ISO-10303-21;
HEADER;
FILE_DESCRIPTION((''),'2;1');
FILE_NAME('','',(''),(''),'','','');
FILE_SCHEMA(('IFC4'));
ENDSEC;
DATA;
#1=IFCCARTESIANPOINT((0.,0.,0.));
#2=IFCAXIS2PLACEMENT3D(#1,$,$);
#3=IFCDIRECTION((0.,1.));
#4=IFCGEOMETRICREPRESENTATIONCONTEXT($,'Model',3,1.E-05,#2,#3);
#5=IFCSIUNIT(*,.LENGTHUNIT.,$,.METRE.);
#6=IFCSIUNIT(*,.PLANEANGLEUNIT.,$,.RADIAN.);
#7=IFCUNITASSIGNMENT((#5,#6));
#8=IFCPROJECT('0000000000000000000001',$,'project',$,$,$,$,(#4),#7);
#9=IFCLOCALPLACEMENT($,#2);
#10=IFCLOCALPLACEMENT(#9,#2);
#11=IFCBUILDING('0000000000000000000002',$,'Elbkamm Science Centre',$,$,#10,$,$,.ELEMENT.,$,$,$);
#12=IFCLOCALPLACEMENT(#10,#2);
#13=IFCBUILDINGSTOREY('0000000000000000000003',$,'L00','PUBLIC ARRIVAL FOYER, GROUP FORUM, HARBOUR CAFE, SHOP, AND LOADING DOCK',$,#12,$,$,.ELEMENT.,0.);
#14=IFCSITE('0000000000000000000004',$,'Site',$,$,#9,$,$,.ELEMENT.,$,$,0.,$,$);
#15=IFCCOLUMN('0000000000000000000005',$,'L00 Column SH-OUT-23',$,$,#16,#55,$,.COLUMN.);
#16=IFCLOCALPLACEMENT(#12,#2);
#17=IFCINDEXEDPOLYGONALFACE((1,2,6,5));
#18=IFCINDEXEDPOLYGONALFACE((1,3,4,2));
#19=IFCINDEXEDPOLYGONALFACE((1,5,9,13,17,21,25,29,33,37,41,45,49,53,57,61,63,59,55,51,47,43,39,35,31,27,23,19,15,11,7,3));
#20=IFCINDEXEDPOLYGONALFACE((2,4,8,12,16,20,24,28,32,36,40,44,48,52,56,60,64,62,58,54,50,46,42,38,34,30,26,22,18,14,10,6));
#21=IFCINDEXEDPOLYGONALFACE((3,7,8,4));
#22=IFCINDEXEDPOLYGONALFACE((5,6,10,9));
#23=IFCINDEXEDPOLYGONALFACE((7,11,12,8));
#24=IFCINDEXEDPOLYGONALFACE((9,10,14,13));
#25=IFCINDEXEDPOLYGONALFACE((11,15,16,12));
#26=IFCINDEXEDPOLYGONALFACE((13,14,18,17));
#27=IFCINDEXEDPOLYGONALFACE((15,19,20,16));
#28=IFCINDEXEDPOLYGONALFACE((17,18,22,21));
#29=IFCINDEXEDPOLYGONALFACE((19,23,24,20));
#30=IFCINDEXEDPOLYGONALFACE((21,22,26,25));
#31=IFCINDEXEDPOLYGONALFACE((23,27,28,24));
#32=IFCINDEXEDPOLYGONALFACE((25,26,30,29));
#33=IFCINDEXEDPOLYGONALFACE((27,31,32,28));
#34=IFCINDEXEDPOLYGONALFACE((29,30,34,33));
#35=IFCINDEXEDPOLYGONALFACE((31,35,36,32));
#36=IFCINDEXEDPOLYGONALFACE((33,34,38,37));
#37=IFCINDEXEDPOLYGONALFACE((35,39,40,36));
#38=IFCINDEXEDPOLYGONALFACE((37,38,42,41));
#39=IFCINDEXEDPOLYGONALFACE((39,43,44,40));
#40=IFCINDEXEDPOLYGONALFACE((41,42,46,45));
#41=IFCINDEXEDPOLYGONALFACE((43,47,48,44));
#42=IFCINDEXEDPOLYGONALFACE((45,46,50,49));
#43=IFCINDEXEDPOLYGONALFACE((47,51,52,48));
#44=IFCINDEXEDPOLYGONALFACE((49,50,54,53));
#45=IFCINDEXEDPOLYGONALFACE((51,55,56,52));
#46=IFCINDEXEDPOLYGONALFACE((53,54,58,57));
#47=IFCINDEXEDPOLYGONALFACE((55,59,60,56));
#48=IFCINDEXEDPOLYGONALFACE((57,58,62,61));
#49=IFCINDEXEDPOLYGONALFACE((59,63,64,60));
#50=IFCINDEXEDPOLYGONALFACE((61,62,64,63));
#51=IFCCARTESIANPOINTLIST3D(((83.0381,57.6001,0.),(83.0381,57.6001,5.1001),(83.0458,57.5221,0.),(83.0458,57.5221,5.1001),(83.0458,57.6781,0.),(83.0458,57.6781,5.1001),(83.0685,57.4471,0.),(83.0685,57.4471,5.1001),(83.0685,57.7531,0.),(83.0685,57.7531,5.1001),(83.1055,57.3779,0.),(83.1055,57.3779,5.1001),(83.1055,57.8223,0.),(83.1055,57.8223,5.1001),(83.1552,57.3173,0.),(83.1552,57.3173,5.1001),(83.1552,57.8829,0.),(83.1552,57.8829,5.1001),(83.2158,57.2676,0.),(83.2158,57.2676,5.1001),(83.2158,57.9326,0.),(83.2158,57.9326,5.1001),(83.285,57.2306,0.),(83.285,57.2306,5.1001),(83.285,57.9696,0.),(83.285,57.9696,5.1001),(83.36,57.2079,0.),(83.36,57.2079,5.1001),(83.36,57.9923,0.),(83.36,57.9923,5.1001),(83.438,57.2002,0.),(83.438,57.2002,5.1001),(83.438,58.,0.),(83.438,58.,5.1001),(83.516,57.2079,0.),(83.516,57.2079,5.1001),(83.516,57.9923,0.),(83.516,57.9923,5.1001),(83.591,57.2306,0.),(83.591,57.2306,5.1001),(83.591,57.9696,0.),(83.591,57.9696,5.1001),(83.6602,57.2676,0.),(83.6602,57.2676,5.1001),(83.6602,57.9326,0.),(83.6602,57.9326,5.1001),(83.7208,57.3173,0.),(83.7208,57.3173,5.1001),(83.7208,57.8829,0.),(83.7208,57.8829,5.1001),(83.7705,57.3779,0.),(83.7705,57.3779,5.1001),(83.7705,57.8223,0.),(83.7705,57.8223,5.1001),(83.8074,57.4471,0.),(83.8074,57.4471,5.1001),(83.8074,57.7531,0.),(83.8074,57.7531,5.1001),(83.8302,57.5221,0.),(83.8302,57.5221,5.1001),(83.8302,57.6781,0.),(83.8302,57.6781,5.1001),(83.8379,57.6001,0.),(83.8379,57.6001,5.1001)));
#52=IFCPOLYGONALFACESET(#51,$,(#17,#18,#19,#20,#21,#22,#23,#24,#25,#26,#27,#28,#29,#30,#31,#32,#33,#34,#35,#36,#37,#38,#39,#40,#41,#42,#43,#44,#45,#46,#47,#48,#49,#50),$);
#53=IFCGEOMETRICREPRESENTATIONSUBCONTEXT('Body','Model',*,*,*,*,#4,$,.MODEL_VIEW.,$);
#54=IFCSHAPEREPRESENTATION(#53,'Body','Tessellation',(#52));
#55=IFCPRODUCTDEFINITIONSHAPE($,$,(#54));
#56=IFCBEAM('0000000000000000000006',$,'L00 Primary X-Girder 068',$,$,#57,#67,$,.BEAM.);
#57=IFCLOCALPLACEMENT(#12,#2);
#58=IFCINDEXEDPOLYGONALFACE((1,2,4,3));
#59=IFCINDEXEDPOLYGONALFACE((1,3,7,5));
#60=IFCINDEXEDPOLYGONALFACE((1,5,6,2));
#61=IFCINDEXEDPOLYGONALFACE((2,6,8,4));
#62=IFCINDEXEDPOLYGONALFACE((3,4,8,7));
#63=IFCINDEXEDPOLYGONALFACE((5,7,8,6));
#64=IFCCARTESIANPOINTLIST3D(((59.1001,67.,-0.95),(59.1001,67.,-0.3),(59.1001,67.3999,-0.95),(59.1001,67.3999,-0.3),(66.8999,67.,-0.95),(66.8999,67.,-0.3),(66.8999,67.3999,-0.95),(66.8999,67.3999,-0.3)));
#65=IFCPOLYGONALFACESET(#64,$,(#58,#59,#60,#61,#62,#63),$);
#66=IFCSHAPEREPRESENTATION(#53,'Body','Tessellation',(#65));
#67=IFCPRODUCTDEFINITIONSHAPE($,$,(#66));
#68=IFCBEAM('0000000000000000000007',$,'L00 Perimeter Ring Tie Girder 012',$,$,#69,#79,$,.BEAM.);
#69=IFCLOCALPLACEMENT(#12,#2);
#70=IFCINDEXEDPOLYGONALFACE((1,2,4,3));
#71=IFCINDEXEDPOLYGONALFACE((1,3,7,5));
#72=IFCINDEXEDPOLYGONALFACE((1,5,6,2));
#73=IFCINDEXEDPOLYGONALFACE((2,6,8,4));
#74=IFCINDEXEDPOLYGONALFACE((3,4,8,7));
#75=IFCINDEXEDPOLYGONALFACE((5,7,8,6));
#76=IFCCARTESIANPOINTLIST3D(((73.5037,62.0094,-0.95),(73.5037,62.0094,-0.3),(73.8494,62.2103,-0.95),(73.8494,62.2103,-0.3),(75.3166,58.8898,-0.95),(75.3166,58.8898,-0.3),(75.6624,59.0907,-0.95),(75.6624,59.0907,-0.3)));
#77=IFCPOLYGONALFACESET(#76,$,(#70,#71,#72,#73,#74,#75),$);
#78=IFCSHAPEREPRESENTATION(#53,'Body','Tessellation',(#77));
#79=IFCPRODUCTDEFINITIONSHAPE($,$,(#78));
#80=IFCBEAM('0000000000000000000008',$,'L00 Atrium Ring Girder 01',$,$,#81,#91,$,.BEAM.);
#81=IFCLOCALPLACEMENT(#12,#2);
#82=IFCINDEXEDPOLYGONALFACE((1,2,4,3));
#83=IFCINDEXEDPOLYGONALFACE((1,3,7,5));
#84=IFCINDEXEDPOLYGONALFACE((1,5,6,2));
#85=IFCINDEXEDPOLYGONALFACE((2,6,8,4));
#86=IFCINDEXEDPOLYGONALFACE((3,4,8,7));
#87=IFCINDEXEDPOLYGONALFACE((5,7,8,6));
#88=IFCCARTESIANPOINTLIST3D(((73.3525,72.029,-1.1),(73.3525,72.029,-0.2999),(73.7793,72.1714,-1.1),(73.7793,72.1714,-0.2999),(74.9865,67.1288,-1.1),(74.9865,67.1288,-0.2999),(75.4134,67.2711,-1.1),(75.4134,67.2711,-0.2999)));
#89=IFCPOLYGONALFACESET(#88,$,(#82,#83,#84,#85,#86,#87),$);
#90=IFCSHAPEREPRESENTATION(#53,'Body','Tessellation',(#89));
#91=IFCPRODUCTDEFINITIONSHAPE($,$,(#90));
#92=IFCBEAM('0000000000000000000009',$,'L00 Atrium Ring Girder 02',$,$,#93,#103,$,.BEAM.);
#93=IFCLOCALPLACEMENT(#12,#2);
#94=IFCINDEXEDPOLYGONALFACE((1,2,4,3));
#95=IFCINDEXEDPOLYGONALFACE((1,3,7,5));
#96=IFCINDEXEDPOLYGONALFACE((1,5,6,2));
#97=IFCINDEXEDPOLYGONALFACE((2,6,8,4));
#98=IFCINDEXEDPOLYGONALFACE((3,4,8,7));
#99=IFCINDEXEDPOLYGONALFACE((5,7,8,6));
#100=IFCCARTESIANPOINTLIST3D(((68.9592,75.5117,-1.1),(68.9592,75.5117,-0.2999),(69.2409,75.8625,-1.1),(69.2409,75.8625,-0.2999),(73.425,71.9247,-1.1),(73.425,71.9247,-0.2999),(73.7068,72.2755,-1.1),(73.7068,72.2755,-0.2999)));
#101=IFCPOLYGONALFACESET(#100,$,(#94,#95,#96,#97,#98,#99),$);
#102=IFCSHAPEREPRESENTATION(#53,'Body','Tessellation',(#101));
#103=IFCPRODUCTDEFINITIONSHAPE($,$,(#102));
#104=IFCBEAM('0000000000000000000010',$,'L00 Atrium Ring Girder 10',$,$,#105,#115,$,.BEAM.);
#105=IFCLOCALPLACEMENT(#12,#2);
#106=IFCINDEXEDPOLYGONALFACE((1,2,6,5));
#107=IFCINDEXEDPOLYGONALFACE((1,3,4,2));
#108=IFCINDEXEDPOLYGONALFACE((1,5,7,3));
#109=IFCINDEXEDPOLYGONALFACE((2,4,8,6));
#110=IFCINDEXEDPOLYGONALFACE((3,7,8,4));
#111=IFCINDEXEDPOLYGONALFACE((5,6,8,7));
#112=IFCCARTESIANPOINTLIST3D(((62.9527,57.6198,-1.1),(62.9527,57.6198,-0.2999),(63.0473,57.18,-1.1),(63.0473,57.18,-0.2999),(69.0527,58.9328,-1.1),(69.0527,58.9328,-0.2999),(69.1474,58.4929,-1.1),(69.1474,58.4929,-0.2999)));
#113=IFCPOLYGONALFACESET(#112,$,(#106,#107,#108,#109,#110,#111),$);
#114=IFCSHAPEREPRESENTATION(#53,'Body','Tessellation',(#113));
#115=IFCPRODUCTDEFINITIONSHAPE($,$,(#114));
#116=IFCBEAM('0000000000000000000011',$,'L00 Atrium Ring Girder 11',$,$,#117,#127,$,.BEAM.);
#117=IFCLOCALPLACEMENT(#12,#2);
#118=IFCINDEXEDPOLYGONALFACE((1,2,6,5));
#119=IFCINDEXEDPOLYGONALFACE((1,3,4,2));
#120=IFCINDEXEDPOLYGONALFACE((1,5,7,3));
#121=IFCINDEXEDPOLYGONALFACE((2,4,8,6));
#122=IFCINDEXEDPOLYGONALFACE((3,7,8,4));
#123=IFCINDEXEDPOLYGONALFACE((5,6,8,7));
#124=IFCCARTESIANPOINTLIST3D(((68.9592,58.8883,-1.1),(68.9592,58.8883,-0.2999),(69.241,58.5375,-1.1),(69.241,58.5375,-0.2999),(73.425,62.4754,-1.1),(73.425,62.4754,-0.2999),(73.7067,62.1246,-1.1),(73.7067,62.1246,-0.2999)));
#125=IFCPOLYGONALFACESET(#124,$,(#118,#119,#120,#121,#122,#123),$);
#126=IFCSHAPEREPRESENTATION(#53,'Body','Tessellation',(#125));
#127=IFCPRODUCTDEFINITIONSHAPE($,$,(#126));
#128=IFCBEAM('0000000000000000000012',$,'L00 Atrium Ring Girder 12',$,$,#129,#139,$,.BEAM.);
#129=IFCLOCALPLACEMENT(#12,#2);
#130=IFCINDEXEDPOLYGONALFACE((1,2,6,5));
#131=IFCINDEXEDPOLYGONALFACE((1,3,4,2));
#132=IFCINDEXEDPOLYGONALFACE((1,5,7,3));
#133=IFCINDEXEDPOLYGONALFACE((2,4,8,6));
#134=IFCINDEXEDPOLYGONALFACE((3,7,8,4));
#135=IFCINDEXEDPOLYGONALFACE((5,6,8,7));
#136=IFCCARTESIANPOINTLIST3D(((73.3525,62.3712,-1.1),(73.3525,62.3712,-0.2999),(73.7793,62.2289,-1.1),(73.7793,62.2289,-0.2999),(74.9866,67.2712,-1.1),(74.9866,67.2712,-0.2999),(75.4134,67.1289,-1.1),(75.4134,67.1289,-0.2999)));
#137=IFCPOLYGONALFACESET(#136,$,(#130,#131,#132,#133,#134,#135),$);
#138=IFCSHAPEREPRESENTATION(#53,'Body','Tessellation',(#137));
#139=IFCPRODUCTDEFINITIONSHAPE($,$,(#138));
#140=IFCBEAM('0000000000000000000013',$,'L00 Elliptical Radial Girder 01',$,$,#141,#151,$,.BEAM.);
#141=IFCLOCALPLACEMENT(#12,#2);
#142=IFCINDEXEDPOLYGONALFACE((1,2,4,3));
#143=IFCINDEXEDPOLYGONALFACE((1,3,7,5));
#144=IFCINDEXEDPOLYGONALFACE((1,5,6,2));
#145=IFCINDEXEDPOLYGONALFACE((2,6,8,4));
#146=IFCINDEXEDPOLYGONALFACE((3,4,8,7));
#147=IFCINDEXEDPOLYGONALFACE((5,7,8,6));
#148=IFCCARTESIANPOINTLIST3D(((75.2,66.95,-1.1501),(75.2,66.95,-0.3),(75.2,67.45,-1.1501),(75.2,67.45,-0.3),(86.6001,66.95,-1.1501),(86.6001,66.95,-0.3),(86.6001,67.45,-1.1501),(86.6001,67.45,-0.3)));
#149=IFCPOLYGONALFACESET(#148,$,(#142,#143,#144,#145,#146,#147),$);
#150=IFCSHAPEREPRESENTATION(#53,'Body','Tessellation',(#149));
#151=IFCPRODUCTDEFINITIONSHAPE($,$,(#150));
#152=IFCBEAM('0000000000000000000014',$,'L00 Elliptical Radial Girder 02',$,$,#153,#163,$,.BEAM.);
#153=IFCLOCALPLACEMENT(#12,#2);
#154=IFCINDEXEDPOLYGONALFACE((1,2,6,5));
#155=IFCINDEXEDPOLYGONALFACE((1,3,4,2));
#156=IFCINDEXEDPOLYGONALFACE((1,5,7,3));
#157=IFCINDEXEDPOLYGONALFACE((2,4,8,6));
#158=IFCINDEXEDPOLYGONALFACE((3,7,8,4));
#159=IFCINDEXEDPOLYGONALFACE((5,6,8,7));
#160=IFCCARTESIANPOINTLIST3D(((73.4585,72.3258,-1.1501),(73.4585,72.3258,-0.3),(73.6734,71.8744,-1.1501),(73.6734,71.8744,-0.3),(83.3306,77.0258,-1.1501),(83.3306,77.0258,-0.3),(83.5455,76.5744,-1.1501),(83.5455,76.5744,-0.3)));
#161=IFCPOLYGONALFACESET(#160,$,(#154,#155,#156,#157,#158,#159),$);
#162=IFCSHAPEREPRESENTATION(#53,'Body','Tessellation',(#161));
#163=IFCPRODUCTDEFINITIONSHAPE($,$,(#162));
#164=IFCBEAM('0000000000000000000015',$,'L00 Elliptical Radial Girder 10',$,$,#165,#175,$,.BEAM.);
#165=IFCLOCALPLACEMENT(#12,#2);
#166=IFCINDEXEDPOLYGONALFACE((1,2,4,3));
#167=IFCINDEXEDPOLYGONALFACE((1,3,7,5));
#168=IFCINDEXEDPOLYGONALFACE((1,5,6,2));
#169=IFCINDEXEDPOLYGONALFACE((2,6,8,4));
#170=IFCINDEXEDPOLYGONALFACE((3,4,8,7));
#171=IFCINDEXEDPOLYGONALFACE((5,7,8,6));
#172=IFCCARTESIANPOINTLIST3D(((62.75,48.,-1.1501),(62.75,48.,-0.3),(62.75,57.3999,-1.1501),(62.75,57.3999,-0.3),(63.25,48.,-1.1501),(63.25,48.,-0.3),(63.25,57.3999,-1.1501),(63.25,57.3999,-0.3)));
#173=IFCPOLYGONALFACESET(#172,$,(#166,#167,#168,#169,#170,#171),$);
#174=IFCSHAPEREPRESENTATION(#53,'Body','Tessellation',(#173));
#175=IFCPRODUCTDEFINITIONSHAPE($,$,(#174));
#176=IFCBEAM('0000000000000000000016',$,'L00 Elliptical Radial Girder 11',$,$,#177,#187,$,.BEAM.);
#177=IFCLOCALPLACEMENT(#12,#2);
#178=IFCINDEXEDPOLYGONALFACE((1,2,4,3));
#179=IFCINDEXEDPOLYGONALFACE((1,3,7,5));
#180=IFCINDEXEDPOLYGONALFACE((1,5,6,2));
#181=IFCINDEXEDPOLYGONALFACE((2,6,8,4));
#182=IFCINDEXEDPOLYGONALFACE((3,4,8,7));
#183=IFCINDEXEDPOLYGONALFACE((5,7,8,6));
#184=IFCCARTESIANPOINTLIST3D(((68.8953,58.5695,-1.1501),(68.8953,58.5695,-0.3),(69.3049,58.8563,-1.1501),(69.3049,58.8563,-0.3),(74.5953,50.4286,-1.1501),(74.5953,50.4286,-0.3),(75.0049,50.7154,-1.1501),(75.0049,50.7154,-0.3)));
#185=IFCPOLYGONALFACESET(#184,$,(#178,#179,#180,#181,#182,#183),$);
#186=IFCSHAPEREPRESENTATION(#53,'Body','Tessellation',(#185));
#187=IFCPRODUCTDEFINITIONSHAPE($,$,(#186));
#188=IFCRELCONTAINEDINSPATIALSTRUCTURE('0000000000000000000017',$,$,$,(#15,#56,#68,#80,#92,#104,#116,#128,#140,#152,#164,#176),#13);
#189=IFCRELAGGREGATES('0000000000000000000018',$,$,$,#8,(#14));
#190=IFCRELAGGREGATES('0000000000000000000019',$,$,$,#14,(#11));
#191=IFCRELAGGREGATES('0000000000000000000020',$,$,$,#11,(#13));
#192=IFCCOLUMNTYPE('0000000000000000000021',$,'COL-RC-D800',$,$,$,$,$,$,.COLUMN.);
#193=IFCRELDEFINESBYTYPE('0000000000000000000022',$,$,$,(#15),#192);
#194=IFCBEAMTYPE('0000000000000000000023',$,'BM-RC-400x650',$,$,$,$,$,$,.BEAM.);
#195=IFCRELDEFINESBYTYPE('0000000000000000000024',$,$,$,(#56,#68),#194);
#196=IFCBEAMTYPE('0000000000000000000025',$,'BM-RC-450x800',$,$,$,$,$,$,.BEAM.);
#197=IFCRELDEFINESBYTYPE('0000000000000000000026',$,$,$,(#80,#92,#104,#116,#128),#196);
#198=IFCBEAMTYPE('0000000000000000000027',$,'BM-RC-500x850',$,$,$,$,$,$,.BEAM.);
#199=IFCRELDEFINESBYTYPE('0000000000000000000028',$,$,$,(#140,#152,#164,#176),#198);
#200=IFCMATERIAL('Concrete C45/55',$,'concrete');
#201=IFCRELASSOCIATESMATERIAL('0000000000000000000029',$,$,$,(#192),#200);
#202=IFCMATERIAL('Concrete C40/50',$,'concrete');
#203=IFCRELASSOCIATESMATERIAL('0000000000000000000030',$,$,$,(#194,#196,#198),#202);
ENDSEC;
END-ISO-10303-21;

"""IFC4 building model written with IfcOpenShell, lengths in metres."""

from ifc_helpers import new_model, si_unit, direction, frame, origin, origin_2d, place, context, subcontext, project, spatial, rectangle, circle, extrude, material, material_profile, profile_set, type_object, element, save


model = new_model("IFC4")

# Units and contexts
model_context = context("Model", 3, precision=1e-05, world=origin(), true_north=direction((0.0, 1.0)))
body_context = subcontext(model_context, "Body", "Model", "MODEL_VIEW")
ifc_project = project(units=[si_unit("LENGTHUNIT", "METRE"), si_unit("PLANEANGLEUNIT", "RADIAN")], contexts=[model_context])

# Site, building, storey
site_placement = place(None, origin())
site = spatial("IfcSite", under=ifc_project, at=site_placement, Name="Site", CompositionType="ELEMENT", RefElevation=0.0)
building_placement = place(site_placement, origin())
building = spatial("IfcBuilding", under=site, at=building_placement, Name="Elbkamm Science Centre", CompositionType="ELEMENT")
storey_placement = place(building_placement, origin())
storey = spatial("IfcBuildingStorey", under=building, at=storey_placement, Name="L00", Description="PUBLIC ARRIVAL FOYER, GROUP FORUM, HARBOUR CAFE, SHOP, AND LOADING DOCK", CompositionType="ELEMENT", Elevation=0.0)

# Column
ifc_material_1 = material(Name="Concrete C40/50", Category="concrete")
ifc_material_2 = material(Name="Concrete C45/55", Category="concrete")
ifc_material_profile_1 = material_profile(ifc_material_2, circle(Radius=0.3999, at=origin_2d()), Name="RC D800")
ifc_profile_set_1 = profile_set([ifc_material_profile_1], Name="Concrete C45/55")
column_type_1 = type_object("IfcColumnType", Name="COL-RC-D800", PredefinedType="COLUMN", material=ifc_profile_set_1)
for number, where, z_axis, x_axis, name in (
    (1, (83.438, 57.6001, 0.0), (0.0, 0.0, 1.0), (1.0, 0.0, 0.0), "L00 Column SH-OUT-23"),
):
    element("IfcColumn", number, at=place(storey_placement, frame(where, z_axis=z_axis, x_axis=x_axis)), inside=storey, type_object=column_type_1, Name=name, PredefinedType="COLUMN", context=body_context, shape_type="SweptSolid", body=[
        extrude(circle(Radius=0.3999, at=origin_2d()), origin(), (0.0, 0.0, 1.0), 5.1001),
    ])

# Beams
ifc_material_profile_2 = material_profile(ifc_material_1, rectangle(XDim=0.3999, YDim=0.6499, at=origin_2d()), Name="RC 400x650")
ifc_profile_set_2 = profile_set([ifc_material_profile_2], Name="Concrete C40/50")
beam_type_1 = type_object("IfcBeamType", Name="BM-RC-400x650", PredefinedType="BEAM", material=ifc_profile_set_2)
beam_1_placement = place(storey_placement, frame((59.1001, 67.2, -0.625), z_axis=(1.0, 0.0, 0.0), x_axis=(0.0, 1.0, 0.0)))
element("IfcBeam", 2, at=beam_1_placement, inside=storey, type_object=beam_type_1, Name="L00 Primary X-Girder 068", PredefinedType="BEAM", context=body_context, shape_type="SweptSolid", body=[
    extrude(rectangle(XDim=0.3999, YDim=0.6499, at=origin_2d()), origin(), (0.0, 0.0, 1.0), 7.7998),
])
beam_2_placement = place(storey_placement, frame((75.4895, 58.9902, -0.625), z_axis=(-0.502465, 0.864597, 0.0), x_axis=(-0.864597, -0.502465, 0.0)))
element("IfcBeam", 3, at=beam_2_placement, inside=storey, type_object=beam_type_1, Name="L00 Perimeter Ring Tie Girder 012", PredefinedType="BEAM", context=body_context, shape_type="SweptSolid", body=[
    extrude(rectangle(XDim=0.3999, YDim=0.6499, at=origin_2d()), origin(), (0.0, 0.0, 1.0), 3.6082),
])
ifc_material_profile_3 = material_profile(ifc_material_1, rectangle(XDim=0.45, YDim=0.8, at=origin_2d()), Name="RC 450x800")
ifc_profile_set_3 = profile_set([ifc_material_profile_3], Name="Concrete C40/50")
beam_type_2 = type_object("IfcBeamType", Name="BM-RC-450x800", PredefinedType="BEAM", material=ifc_profile_set_3)
beam_3_placement = place(storey_placement, frame((75.2, 67.2, -0.7), z_axis=(-0.316341, 0.948645, 0.0), x_axis=(-0.948645, -0.316341, 0.0)))
element("IfcBeam", 4, at=beam_3_placement, inside=storey, type_object=beam_type_2, Name="L00 Atrium Ring Girder 01", PredefinedType="BEAM", context=body_context, shape_type="SweptSolid", body=[
    extrude(rectangle(XDim=0.45, YDim=0.8, at=origin_2d()), origin(), (0.0, 0.0, 1.0), 5.1655),
])
beam_4_placement = place(storey_placement, frame((73.5659, 72.1001, -0.7), z_axis=(-0.779653, 0.626212, 0.0), x_axis=(-0.626212, -0.779653, 0.0)))
element("IfcBeam", 5, at=beam_4_placement, inside=storey, type_object=beam_type_2, Name="L00 Atrium Ring Girder 02", PredefinedType="BEAM", context=body_context, shape_type="SweptSolid", body=[
    extrude(rectangle(XDim=0.45, YDim=0.8, at=origin_2d()), origin(), (0.0, 0.0, 1.0), 5.728),
])
beam_5_placement = place(storey_placement, frame((63.0, 57.3999, -0.7), z_axis=(0.977611, 0.210421, 0.0), x_axis=(-0.210421, 0.977611, 0.0)))
element("IfcBeam", 6, at=beam_5_placement, inside=storey, type_object=beam_type_2, Name="L00 Atrium Ring Girder 10", PredefinedType="BEAM", context=body_context, shape_type="SweptSolid", body=[
    extrude(rectangle(XDim=0.45, YDim=0.8, at=origin_2d()), origin(), (0.0, 0.0, 1.0), 6.2397),
])
beam_6_placement = place(storey_placement, frame((69.1001, 58.7129, -0.7), z_axis=(0.779632, 0.626238, 0.0), x_axis=(-0.626238, 0.779632, 0.0)))
element("IfcBeam", 7, at=beam_6_placement, inside=storey, type_object=beam_type_2, Name="L00 Atrium Ring Girder 11", PredefinedType="BEAM", context=body_context, shape_type="SweptSolid", body=[
    extrude(rectangle(XDim=0.45, YDim=0.8, at=origin_2d()), origin(), (0.0, 0.0, 1.0), 5.728),
])
beam_7_placement = place(storey_placement, frame((73.5659, 62.3, -0.7), z_axis=(0.316355, 0.948641, 0.0), x_axis=(-0.948641, 0.316355, 0.0)))
element("IfcBeam", 8, at=beam_7_placement, inside=storey, type_object=beam_type_2, Name="L00 Atrium Ring Girder 12", PredefinedType="BEAM", context=body_context, shape_type="SweptSolid", body=[
    extrude(rectangle(XDim=0.45, YDim=0.8, at=origin_2d()), origin(), (0.0, 0.0, 1.0), 5.1653),
])
ifc_material_profile_4 = material_profile(ifc_material_1, rectangle(XDim=0.5, YDim=0.8501, at=origin_2d()), Name="RC 500x850")
ifc_profile_set_4 = profile_set([ifc_material_profile_4], Name="Concrete C40/50")
beam_type_3 = type_object("IfcBeamType", Name="BM-RC-500x850", PredefinedType="BEAM", material=ifc_profile_set_4)
beam_8_placement = place(storey_placement, frame((75.2, 67.2, -0.7251), z_axis=(1.0, 0.0, 0.0), x_axis=(0.0, 1.0, 0.0)))
element("IfcBeam", 9, at=beam_8_placement, inside=storey, type_object=beam_type_3, Name="L00 Elliptical Radial Girder 01", PredefinedType="BEAM", context=body_context, shape_type="SweptSolid", body=[
    extrude(rectangle(XDim=0.5, YDim=0.8501, at=origin_2d()), origin(), (0.0, 0.0, 1.0), 11.4001),
])
beam_9_placement = place(storey_placement, frame((73.5659, 72.1001, -0.7251), z_axis=(0.902897, 0.429856, 0.0), x_axis=(-0.429856, 0.902897, 0.0)))
element("IfcBeam", 10, at=beam_9_placement, inside=storey, type_object=beam_type_3, Name="L00 Elliptical Radial Girder 02", PredefinedType="BEAM", context=body_context, shape_type="SweptSolid", body=[
    extrude(rectangle(XDim=0.5, YDim=0.8501, at=origin_2d()), origin(), (0.0, 0.0, 1.0), 10.9338),
])
beam_10_placement = place(storey_placement, frame((63.0, 57.3999, -0.7251), z_axis=(0.0, -1.0, 0.0), x_axis=(1.0, 0.0, 0.0)))
element("IfcBeam", 11, at=beam_10_placement, inside=storey, type_object=beam_type_3, Name="L00 Elliptical Radial Girder 10", PredefinedType="BEAM", context=body_context, shape_type="SweptSolid", body=[
    extrude(rectangle(XDim=0.5, YDim=0.8501, at=origin_2d()), origin(), (0.0, 0.0, 1.0), 9.3999),
])
beam_11_placement = place(storey_placement, frame((69.1001, 58.7129, -0.7251), z_axis=(0.573553, -0.819168, 0.0), x_axis=(0.819168, 0.573553, 0.0)))
element("IfcBeam", 12, at=beam_11_placement, inside=storey, type_object=beam_type_3, Name="L00 Elliptical Radial Girder 11", PredefinedType="BEAM", context=body_context, shape_type="SweptSolid", body=[
    extrude(rectangle(XDim=0.5, YDim=0.8501, at=origin_2d()), origin(), (0.0, 0.0, 1.0), 9.938),
])

save(model, "model.ifc")
